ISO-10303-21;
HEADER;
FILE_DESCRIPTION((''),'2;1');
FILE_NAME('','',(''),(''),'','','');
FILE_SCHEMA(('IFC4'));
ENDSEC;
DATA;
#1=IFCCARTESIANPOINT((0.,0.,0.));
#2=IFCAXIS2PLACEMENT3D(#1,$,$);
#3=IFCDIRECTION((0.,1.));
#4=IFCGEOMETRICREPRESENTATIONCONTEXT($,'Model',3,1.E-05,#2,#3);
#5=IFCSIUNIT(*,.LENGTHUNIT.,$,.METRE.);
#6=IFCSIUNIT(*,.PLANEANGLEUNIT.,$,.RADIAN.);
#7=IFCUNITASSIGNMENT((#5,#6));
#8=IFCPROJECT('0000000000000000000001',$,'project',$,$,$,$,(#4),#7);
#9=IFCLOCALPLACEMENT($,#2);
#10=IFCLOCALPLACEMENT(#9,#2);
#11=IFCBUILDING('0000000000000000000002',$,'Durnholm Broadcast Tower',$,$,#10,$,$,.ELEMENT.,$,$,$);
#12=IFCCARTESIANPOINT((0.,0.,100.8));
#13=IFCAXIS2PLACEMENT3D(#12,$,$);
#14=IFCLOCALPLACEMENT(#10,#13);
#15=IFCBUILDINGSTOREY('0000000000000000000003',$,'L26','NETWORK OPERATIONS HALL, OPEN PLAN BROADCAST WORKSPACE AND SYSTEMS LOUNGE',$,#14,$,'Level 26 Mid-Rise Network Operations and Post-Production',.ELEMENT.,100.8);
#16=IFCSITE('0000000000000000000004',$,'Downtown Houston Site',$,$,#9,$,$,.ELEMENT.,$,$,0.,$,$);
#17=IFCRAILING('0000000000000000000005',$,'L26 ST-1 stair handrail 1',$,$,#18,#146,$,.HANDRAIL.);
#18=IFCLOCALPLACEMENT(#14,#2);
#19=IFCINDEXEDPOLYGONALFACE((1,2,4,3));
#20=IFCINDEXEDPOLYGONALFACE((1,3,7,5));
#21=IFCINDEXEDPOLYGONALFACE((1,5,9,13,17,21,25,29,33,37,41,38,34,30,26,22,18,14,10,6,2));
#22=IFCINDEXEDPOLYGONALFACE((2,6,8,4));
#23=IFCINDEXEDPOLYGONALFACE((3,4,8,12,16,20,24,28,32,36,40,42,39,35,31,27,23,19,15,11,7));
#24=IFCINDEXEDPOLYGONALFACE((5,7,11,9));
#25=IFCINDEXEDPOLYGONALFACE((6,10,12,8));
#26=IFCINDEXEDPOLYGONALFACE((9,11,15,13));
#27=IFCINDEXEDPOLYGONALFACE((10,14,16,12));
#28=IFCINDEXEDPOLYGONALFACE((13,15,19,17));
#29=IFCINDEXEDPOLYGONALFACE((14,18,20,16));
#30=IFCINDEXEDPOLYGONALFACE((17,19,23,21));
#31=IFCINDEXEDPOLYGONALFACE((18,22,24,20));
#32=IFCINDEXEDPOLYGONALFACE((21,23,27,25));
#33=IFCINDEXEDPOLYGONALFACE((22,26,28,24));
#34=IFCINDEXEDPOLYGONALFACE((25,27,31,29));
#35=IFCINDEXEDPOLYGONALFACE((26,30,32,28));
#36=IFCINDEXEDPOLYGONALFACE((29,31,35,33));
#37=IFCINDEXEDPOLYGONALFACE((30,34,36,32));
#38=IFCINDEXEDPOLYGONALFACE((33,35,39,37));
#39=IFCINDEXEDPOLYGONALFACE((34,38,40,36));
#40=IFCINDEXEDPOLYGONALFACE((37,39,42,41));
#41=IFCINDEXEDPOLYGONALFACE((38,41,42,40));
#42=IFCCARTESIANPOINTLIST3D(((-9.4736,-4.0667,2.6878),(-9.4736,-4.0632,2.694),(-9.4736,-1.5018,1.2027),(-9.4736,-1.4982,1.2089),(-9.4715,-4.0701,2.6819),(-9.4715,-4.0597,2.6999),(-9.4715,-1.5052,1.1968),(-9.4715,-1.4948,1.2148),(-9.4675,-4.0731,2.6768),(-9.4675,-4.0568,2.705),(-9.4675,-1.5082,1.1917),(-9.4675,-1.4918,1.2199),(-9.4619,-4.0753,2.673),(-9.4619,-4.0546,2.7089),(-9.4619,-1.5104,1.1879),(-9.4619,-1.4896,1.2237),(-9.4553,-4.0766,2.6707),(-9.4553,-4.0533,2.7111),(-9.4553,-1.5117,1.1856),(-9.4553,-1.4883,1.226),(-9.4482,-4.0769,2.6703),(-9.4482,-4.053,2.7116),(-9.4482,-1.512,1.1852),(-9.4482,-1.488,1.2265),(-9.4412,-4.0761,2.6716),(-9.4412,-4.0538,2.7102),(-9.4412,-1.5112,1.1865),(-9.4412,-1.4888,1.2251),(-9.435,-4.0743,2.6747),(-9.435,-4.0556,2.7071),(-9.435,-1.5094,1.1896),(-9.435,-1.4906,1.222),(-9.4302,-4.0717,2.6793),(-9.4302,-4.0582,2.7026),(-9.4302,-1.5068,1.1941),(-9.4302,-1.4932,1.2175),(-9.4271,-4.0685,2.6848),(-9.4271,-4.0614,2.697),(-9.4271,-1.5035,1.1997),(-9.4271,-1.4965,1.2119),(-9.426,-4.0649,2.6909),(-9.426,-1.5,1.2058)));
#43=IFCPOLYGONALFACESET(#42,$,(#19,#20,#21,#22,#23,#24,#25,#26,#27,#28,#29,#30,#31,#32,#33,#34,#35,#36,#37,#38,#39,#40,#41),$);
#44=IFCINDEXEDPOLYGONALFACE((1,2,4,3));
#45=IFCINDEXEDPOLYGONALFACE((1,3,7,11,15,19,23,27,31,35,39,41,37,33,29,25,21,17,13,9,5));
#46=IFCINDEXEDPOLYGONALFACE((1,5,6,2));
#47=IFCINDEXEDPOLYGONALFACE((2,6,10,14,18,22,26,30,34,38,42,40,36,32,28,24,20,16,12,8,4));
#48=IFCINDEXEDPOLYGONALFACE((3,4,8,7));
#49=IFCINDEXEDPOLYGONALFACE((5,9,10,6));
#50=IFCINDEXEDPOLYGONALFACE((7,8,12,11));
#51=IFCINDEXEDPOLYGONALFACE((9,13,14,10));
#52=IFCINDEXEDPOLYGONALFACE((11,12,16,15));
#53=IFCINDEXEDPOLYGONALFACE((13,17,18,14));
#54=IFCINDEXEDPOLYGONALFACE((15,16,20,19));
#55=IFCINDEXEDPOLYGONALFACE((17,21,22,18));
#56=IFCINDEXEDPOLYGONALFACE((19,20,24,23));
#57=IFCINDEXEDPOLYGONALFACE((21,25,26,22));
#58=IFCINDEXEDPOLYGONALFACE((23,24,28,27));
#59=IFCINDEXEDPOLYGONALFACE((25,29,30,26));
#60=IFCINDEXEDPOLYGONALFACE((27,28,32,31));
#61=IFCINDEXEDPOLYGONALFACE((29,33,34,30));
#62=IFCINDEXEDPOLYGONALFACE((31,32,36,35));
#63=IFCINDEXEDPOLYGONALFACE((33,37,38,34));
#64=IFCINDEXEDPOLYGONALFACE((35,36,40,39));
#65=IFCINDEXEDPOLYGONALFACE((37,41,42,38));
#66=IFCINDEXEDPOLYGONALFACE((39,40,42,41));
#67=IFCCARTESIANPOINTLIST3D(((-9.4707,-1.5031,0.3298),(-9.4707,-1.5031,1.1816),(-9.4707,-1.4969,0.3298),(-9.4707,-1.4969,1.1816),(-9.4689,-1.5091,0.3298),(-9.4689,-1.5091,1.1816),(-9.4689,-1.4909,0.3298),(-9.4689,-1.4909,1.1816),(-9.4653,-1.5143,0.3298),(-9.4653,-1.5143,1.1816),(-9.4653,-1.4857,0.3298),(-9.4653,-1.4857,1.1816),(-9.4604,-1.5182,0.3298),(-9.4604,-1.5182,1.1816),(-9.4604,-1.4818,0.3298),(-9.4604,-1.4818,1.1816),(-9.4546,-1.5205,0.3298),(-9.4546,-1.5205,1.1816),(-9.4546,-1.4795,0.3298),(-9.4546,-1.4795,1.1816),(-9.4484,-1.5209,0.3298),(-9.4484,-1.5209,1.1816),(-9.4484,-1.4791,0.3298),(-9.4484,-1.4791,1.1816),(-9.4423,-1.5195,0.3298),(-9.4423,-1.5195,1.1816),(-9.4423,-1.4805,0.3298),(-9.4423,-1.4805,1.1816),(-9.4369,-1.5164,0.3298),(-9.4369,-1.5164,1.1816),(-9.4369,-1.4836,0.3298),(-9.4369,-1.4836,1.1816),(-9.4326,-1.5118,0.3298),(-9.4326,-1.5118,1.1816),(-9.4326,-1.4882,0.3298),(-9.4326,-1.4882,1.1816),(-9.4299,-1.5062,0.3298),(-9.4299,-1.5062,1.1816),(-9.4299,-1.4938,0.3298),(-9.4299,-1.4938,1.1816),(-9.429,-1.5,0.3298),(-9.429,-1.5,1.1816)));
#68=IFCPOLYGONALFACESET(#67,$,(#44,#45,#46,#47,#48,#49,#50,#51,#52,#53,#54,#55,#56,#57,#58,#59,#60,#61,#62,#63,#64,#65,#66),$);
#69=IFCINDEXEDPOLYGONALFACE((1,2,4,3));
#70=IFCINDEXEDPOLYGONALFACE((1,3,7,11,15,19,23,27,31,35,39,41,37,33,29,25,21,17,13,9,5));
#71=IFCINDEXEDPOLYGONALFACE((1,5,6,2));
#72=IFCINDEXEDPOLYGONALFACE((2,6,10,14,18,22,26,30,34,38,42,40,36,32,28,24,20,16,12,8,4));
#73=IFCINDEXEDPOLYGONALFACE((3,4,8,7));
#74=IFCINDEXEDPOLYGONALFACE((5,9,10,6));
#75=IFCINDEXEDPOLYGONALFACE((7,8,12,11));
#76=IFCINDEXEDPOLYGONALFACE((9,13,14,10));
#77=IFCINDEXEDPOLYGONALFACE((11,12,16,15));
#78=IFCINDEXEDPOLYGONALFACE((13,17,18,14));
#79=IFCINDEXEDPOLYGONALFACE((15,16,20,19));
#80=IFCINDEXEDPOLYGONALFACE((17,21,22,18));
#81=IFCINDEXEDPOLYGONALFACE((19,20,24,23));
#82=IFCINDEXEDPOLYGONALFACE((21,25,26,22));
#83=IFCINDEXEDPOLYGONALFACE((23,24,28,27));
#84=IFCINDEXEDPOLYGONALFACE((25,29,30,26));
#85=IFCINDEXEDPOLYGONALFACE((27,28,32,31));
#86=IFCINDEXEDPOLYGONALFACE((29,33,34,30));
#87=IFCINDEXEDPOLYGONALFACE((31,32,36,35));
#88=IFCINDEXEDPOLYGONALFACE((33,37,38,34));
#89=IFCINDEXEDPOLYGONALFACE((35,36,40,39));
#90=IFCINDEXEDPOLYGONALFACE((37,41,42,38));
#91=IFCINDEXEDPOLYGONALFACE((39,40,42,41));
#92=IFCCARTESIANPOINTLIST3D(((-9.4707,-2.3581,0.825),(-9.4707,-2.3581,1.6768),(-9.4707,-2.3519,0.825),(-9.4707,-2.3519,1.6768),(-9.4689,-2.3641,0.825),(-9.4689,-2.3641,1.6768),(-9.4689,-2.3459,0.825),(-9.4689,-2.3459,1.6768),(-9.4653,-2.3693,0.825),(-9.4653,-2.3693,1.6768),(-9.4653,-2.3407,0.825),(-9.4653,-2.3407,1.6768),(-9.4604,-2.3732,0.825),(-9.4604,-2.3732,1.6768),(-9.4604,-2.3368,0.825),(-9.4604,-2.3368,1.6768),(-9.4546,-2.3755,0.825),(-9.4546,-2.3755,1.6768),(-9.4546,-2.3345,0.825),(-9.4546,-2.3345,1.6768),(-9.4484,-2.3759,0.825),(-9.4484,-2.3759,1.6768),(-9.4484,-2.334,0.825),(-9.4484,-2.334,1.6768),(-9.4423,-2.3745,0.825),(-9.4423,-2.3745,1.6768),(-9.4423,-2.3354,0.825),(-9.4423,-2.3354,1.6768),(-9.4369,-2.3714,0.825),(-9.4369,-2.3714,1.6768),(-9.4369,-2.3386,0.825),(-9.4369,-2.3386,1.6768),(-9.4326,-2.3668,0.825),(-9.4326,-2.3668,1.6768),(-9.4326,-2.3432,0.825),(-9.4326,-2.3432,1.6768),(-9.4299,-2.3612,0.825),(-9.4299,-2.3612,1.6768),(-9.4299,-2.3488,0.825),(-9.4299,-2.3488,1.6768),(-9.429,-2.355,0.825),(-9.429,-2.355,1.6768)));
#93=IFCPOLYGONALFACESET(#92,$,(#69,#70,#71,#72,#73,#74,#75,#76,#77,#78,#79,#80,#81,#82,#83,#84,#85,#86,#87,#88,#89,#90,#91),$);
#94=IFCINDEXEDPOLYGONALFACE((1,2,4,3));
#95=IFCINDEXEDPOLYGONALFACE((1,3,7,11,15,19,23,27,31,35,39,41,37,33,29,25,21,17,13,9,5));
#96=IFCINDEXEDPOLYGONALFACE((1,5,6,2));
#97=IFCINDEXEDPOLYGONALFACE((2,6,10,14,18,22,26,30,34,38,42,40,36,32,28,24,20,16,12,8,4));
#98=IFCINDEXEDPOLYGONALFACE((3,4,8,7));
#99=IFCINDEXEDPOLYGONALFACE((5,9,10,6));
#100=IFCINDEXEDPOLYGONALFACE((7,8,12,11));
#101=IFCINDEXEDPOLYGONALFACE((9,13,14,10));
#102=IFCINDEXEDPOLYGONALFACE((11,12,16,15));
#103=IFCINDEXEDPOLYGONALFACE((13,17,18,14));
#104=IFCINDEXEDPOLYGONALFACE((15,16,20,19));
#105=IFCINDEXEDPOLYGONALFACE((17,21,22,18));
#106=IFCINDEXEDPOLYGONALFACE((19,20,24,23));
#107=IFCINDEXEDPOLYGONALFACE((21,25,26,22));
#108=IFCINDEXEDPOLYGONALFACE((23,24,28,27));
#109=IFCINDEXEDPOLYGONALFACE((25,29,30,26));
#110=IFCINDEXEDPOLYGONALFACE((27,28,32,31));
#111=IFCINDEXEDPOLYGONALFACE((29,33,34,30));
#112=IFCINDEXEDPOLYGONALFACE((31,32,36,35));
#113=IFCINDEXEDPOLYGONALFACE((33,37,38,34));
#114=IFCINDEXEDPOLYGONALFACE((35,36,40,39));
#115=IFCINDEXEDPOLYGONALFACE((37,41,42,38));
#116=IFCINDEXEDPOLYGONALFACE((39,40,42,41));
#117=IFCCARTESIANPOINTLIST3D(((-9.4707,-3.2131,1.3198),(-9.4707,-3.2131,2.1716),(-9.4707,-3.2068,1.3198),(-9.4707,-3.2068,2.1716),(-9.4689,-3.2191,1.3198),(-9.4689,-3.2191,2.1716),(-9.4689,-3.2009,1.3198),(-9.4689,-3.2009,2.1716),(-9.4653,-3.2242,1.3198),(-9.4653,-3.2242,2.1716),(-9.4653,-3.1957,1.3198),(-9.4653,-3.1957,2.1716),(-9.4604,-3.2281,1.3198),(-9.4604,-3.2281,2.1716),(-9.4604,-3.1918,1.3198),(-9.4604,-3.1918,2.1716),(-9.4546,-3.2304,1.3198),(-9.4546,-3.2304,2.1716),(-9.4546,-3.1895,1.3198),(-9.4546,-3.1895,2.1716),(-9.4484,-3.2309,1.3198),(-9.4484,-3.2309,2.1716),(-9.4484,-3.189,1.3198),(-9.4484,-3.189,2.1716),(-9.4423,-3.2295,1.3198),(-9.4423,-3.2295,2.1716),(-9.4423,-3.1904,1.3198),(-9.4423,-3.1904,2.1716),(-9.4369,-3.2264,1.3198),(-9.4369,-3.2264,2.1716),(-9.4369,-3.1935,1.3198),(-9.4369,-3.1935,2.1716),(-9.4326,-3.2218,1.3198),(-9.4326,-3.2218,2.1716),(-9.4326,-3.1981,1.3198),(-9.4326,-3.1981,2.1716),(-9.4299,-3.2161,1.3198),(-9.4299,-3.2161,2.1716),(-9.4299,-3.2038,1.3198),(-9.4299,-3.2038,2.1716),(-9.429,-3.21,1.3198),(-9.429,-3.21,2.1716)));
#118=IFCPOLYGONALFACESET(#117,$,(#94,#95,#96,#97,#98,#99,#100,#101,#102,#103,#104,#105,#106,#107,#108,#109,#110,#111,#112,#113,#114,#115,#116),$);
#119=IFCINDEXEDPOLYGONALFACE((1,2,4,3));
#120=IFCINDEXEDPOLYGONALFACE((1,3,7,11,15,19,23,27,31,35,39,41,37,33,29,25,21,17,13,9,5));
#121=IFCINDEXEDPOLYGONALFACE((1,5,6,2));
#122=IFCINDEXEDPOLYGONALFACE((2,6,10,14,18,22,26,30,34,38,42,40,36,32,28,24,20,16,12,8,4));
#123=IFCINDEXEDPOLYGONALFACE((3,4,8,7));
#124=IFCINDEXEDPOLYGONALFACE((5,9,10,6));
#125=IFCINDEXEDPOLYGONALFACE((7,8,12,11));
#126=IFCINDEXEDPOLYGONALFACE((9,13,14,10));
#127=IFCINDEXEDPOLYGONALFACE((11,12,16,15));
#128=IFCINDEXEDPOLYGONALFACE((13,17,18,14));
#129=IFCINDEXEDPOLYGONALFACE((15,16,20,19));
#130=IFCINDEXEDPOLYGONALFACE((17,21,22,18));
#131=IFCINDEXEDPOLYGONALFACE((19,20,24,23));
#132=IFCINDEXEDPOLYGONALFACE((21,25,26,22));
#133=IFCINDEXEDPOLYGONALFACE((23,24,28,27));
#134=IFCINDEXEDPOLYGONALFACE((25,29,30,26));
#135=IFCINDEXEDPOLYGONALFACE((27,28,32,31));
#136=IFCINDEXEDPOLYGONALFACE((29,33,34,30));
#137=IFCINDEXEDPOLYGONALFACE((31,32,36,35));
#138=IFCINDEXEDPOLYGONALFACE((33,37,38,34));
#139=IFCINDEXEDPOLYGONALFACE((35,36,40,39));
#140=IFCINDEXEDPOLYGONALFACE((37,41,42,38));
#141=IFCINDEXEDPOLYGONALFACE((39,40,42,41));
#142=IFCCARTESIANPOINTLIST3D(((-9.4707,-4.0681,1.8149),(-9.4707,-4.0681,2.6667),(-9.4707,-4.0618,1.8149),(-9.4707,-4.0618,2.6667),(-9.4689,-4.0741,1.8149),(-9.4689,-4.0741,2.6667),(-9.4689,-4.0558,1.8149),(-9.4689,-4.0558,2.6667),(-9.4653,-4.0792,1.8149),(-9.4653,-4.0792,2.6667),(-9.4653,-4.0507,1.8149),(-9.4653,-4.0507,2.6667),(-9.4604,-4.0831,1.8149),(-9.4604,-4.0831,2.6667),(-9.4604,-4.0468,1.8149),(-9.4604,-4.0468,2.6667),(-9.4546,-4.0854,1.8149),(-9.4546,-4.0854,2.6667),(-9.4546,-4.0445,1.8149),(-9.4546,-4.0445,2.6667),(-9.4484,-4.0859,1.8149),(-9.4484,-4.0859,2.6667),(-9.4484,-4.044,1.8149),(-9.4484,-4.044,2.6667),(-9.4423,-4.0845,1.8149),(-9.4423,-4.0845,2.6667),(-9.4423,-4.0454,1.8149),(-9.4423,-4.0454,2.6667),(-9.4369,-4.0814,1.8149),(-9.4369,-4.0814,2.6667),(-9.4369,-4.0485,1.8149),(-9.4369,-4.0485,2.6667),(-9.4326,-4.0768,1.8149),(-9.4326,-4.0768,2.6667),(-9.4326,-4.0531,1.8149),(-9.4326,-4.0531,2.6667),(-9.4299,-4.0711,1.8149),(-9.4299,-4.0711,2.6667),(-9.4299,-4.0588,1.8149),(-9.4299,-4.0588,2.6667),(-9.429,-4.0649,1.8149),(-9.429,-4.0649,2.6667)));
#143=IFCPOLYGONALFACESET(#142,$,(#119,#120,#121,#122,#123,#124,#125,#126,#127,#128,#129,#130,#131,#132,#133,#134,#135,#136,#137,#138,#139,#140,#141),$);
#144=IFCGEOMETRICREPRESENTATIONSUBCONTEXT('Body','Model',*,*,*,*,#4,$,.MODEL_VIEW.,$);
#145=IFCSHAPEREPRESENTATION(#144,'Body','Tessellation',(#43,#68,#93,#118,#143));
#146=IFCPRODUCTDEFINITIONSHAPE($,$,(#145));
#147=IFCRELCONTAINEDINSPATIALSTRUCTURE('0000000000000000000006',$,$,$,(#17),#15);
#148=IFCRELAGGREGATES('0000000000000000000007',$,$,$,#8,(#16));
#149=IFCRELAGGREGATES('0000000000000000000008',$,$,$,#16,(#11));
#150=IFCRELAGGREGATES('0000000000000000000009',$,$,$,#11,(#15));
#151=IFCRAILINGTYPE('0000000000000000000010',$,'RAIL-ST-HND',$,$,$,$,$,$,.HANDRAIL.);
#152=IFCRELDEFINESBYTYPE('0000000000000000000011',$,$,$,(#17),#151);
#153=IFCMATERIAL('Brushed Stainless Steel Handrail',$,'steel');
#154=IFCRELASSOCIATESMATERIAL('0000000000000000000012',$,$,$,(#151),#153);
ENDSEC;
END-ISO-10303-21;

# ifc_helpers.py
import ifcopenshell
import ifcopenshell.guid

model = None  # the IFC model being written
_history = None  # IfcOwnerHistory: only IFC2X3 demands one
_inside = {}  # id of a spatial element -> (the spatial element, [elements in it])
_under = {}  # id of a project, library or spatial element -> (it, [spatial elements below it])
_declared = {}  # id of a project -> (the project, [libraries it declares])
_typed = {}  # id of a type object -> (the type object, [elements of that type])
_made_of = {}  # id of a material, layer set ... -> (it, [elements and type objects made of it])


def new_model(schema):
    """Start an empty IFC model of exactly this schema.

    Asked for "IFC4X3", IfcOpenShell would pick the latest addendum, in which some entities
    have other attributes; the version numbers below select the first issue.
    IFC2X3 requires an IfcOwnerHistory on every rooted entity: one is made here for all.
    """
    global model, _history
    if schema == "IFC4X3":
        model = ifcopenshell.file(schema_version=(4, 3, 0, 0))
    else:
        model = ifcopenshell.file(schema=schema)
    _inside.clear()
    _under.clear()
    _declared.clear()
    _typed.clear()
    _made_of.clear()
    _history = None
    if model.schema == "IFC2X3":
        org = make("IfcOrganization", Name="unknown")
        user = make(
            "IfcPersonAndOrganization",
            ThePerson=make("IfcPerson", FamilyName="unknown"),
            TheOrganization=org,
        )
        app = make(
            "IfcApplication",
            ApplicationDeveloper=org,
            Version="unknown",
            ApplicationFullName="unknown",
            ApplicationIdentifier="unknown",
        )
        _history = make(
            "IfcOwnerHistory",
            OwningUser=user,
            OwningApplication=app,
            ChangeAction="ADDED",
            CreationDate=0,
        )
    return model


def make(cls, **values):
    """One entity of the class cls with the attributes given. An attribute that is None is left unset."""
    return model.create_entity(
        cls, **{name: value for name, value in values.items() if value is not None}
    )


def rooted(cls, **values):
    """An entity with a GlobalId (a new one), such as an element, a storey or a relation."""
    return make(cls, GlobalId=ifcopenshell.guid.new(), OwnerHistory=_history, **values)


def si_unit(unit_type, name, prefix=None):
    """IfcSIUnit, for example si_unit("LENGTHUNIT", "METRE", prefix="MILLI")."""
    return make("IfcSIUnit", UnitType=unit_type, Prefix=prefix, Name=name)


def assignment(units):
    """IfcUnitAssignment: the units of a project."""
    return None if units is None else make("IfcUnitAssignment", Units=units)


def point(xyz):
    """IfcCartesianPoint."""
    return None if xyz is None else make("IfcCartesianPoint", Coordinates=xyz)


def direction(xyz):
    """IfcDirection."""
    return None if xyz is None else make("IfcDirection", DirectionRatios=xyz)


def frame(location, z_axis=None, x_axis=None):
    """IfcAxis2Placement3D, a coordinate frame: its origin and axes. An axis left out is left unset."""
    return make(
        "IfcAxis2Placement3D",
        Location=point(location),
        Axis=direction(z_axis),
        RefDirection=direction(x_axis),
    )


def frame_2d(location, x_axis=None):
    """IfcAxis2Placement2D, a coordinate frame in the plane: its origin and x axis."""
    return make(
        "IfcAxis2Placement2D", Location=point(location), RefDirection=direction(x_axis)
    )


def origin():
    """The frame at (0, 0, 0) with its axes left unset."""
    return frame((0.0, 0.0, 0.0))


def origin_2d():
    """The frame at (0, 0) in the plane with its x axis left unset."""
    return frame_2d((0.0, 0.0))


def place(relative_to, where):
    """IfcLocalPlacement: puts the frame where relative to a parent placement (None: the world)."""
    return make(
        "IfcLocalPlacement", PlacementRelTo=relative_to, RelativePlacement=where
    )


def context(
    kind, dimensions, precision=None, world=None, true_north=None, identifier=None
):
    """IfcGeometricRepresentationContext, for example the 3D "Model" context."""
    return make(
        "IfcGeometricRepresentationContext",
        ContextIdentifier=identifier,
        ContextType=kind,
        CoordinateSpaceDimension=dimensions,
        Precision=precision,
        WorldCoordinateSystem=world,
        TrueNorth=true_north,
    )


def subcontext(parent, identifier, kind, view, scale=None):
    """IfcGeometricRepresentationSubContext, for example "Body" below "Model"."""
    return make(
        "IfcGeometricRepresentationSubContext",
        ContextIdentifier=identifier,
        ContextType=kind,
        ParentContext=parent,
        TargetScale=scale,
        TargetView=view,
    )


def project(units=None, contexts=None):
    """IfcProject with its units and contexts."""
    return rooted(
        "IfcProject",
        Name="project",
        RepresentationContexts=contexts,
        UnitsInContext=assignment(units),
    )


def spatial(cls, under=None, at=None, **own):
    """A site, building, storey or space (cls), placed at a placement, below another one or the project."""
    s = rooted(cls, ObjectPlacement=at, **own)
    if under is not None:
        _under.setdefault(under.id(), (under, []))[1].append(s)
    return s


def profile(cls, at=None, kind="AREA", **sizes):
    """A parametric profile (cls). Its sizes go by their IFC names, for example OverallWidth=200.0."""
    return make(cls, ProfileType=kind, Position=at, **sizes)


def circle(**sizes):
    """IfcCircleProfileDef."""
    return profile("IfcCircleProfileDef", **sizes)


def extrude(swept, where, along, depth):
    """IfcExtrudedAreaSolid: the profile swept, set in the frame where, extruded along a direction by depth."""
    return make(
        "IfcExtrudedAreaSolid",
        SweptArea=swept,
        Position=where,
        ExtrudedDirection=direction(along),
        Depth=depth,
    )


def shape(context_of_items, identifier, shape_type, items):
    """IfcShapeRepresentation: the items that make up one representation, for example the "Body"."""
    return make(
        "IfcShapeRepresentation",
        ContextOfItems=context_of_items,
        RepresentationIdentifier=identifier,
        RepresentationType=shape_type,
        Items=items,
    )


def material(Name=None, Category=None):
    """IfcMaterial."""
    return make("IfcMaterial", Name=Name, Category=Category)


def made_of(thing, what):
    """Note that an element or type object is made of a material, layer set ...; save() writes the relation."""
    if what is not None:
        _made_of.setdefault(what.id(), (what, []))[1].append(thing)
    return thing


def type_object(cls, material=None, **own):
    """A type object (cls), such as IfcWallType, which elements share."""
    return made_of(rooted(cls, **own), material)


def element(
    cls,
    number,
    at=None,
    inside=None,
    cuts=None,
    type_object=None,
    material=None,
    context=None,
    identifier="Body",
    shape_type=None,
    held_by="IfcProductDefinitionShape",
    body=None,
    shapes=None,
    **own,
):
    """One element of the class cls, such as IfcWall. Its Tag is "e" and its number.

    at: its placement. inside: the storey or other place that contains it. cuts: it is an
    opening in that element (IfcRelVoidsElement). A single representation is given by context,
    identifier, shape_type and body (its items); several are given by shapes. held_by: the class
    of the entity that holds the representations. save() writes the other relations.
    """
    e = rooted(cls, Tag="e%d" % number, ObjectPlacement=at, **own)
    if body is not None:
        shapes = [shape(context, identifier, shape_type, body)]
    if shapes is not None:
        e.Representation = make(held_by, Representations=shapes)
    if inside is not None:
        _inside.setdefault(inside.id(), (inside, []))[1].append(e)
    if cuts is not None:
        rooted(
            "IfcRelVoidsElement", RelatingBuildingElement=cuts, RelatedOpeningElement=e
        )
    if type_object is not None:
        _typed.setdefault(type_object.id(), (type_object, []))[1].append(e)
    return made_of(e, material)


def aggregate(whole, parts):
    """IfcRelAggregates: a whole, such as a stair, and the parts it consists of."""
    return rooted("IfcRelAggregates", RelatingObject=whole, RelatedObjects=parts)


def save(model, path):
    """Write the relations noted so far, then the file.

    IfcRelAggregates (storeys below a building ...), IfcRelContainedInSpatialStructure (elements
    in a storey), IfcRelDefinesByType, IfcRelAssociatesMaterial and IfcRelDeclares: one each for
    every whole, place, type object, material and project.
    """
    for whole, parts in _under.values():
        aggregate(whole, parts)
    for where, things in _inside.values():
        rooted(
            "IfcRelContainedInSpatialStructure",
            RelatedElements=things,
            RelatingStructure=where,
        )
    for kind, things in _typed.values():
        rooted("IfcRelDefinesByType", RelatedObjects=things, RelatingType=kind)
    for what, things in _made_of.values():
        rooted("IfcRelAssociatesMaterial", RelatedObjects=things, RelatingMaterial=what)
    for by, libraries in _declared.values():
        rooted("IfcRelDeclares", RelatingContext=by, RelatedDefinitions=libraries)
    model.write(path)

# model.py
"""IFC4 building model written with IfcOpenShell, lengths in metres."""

from ifc_helpers import new_model, si_unit, direction, frame, origin, origin_2d, place, context, subcontext, project, spatial, circle, extrude, material, type_object, element, save


model = new_model("IFC4")

# Units and contexts
model_context = context("Model", 3, precision=1e-05, world=origin(), true_north=direction((0.0, 1.0)))
body_context = subcontext(model_context, "Body", "Model", "MODEL_VIEW")
ifc_project = project(units=[si_unit("LENGTHUNIT", "METRE"), si_unit("PLANEANGLEUNIT", "RADIAN")], contexts=[model_context])

# Site, building, storey
site_placement = place(None, origin())
site = spatial("IfcSite", under=ifc_project, at=site_placement, Name="Downtown Houston Site", CompositionType="ELEMENT", RefElevation=0.0)
building_placement = place(site_placement, origin())
building = spatial("IfcBuilding", under=site, at=building_placement, Name="Durnholm Broadcast Tower", CompositionType="ELEMENT")
storey_placement = place(building_placement, frame((0.0, 0.0, 100.8)))
storey = spatial("IfcBuildingStorey", under=building, at=storey_placement, Name="L26", Description="NETWORK OPERATIONS HALL, OPEN PLAN BROADCAST WORKSPACE AND SYSTEMS LOUNGE", LongName="Level 26 Mid-Rise Network Operations and Post-Production", CompositionType="ELEMENT", Elevation=100.8)

# Railing
ifc_material_1 = material(Name="Brushed Stainless Steel Handrail", Category="steel")
railing_type = type_object("IfcRailingType", Name="RAIL-ST-HND", PredefinedType="HANDRAIL", material=ifc_material_1)
railing_placement = place(storey_placement, frame((-9.45, -1.5, 0.3298)))
element("IfcRailing", 1, at=railing_placement, inside=storey, type_object=railing_type, Name="L26 ST-1 stair handrail 1", PredefinedType="HANDRAIL", context=body_context, shape_type="SweptSolid", body=[
    extrude(circle(Radius=0.0239, at=origin_2d()), frame((0.0, 0.0, 0.876), z_axis=(0.0, -0.865406, 0.501072), x_axis=(1.0, 0.0, 0.0)), (0.0, 0.0, 1.0), 2.9639),
    extrude(circle(Radius=0.021, at=origin_2d()), origin(), (0.0, 0.0, 1.0), 0.8518),
    extrude(circle(Radius=0.021, at=origin_2d()), frame((0.0, -0.855, 0.4951)), (0.0, 0.0, 1.0), 0.8518),
    extrude(circle(Radius=0.021, at=origin_2d()), frame((0.0, -1.71, 0.99)), (0.0, 0.0, 1.0), 0.8518),
    extrude(circle(Radius=0.021, at=origin_2d()), frame((0.0, -2.5649, 1.4851)), (0.0, 0.0, 1.0), 0.8518),
])

save(model, "model.ifc")
